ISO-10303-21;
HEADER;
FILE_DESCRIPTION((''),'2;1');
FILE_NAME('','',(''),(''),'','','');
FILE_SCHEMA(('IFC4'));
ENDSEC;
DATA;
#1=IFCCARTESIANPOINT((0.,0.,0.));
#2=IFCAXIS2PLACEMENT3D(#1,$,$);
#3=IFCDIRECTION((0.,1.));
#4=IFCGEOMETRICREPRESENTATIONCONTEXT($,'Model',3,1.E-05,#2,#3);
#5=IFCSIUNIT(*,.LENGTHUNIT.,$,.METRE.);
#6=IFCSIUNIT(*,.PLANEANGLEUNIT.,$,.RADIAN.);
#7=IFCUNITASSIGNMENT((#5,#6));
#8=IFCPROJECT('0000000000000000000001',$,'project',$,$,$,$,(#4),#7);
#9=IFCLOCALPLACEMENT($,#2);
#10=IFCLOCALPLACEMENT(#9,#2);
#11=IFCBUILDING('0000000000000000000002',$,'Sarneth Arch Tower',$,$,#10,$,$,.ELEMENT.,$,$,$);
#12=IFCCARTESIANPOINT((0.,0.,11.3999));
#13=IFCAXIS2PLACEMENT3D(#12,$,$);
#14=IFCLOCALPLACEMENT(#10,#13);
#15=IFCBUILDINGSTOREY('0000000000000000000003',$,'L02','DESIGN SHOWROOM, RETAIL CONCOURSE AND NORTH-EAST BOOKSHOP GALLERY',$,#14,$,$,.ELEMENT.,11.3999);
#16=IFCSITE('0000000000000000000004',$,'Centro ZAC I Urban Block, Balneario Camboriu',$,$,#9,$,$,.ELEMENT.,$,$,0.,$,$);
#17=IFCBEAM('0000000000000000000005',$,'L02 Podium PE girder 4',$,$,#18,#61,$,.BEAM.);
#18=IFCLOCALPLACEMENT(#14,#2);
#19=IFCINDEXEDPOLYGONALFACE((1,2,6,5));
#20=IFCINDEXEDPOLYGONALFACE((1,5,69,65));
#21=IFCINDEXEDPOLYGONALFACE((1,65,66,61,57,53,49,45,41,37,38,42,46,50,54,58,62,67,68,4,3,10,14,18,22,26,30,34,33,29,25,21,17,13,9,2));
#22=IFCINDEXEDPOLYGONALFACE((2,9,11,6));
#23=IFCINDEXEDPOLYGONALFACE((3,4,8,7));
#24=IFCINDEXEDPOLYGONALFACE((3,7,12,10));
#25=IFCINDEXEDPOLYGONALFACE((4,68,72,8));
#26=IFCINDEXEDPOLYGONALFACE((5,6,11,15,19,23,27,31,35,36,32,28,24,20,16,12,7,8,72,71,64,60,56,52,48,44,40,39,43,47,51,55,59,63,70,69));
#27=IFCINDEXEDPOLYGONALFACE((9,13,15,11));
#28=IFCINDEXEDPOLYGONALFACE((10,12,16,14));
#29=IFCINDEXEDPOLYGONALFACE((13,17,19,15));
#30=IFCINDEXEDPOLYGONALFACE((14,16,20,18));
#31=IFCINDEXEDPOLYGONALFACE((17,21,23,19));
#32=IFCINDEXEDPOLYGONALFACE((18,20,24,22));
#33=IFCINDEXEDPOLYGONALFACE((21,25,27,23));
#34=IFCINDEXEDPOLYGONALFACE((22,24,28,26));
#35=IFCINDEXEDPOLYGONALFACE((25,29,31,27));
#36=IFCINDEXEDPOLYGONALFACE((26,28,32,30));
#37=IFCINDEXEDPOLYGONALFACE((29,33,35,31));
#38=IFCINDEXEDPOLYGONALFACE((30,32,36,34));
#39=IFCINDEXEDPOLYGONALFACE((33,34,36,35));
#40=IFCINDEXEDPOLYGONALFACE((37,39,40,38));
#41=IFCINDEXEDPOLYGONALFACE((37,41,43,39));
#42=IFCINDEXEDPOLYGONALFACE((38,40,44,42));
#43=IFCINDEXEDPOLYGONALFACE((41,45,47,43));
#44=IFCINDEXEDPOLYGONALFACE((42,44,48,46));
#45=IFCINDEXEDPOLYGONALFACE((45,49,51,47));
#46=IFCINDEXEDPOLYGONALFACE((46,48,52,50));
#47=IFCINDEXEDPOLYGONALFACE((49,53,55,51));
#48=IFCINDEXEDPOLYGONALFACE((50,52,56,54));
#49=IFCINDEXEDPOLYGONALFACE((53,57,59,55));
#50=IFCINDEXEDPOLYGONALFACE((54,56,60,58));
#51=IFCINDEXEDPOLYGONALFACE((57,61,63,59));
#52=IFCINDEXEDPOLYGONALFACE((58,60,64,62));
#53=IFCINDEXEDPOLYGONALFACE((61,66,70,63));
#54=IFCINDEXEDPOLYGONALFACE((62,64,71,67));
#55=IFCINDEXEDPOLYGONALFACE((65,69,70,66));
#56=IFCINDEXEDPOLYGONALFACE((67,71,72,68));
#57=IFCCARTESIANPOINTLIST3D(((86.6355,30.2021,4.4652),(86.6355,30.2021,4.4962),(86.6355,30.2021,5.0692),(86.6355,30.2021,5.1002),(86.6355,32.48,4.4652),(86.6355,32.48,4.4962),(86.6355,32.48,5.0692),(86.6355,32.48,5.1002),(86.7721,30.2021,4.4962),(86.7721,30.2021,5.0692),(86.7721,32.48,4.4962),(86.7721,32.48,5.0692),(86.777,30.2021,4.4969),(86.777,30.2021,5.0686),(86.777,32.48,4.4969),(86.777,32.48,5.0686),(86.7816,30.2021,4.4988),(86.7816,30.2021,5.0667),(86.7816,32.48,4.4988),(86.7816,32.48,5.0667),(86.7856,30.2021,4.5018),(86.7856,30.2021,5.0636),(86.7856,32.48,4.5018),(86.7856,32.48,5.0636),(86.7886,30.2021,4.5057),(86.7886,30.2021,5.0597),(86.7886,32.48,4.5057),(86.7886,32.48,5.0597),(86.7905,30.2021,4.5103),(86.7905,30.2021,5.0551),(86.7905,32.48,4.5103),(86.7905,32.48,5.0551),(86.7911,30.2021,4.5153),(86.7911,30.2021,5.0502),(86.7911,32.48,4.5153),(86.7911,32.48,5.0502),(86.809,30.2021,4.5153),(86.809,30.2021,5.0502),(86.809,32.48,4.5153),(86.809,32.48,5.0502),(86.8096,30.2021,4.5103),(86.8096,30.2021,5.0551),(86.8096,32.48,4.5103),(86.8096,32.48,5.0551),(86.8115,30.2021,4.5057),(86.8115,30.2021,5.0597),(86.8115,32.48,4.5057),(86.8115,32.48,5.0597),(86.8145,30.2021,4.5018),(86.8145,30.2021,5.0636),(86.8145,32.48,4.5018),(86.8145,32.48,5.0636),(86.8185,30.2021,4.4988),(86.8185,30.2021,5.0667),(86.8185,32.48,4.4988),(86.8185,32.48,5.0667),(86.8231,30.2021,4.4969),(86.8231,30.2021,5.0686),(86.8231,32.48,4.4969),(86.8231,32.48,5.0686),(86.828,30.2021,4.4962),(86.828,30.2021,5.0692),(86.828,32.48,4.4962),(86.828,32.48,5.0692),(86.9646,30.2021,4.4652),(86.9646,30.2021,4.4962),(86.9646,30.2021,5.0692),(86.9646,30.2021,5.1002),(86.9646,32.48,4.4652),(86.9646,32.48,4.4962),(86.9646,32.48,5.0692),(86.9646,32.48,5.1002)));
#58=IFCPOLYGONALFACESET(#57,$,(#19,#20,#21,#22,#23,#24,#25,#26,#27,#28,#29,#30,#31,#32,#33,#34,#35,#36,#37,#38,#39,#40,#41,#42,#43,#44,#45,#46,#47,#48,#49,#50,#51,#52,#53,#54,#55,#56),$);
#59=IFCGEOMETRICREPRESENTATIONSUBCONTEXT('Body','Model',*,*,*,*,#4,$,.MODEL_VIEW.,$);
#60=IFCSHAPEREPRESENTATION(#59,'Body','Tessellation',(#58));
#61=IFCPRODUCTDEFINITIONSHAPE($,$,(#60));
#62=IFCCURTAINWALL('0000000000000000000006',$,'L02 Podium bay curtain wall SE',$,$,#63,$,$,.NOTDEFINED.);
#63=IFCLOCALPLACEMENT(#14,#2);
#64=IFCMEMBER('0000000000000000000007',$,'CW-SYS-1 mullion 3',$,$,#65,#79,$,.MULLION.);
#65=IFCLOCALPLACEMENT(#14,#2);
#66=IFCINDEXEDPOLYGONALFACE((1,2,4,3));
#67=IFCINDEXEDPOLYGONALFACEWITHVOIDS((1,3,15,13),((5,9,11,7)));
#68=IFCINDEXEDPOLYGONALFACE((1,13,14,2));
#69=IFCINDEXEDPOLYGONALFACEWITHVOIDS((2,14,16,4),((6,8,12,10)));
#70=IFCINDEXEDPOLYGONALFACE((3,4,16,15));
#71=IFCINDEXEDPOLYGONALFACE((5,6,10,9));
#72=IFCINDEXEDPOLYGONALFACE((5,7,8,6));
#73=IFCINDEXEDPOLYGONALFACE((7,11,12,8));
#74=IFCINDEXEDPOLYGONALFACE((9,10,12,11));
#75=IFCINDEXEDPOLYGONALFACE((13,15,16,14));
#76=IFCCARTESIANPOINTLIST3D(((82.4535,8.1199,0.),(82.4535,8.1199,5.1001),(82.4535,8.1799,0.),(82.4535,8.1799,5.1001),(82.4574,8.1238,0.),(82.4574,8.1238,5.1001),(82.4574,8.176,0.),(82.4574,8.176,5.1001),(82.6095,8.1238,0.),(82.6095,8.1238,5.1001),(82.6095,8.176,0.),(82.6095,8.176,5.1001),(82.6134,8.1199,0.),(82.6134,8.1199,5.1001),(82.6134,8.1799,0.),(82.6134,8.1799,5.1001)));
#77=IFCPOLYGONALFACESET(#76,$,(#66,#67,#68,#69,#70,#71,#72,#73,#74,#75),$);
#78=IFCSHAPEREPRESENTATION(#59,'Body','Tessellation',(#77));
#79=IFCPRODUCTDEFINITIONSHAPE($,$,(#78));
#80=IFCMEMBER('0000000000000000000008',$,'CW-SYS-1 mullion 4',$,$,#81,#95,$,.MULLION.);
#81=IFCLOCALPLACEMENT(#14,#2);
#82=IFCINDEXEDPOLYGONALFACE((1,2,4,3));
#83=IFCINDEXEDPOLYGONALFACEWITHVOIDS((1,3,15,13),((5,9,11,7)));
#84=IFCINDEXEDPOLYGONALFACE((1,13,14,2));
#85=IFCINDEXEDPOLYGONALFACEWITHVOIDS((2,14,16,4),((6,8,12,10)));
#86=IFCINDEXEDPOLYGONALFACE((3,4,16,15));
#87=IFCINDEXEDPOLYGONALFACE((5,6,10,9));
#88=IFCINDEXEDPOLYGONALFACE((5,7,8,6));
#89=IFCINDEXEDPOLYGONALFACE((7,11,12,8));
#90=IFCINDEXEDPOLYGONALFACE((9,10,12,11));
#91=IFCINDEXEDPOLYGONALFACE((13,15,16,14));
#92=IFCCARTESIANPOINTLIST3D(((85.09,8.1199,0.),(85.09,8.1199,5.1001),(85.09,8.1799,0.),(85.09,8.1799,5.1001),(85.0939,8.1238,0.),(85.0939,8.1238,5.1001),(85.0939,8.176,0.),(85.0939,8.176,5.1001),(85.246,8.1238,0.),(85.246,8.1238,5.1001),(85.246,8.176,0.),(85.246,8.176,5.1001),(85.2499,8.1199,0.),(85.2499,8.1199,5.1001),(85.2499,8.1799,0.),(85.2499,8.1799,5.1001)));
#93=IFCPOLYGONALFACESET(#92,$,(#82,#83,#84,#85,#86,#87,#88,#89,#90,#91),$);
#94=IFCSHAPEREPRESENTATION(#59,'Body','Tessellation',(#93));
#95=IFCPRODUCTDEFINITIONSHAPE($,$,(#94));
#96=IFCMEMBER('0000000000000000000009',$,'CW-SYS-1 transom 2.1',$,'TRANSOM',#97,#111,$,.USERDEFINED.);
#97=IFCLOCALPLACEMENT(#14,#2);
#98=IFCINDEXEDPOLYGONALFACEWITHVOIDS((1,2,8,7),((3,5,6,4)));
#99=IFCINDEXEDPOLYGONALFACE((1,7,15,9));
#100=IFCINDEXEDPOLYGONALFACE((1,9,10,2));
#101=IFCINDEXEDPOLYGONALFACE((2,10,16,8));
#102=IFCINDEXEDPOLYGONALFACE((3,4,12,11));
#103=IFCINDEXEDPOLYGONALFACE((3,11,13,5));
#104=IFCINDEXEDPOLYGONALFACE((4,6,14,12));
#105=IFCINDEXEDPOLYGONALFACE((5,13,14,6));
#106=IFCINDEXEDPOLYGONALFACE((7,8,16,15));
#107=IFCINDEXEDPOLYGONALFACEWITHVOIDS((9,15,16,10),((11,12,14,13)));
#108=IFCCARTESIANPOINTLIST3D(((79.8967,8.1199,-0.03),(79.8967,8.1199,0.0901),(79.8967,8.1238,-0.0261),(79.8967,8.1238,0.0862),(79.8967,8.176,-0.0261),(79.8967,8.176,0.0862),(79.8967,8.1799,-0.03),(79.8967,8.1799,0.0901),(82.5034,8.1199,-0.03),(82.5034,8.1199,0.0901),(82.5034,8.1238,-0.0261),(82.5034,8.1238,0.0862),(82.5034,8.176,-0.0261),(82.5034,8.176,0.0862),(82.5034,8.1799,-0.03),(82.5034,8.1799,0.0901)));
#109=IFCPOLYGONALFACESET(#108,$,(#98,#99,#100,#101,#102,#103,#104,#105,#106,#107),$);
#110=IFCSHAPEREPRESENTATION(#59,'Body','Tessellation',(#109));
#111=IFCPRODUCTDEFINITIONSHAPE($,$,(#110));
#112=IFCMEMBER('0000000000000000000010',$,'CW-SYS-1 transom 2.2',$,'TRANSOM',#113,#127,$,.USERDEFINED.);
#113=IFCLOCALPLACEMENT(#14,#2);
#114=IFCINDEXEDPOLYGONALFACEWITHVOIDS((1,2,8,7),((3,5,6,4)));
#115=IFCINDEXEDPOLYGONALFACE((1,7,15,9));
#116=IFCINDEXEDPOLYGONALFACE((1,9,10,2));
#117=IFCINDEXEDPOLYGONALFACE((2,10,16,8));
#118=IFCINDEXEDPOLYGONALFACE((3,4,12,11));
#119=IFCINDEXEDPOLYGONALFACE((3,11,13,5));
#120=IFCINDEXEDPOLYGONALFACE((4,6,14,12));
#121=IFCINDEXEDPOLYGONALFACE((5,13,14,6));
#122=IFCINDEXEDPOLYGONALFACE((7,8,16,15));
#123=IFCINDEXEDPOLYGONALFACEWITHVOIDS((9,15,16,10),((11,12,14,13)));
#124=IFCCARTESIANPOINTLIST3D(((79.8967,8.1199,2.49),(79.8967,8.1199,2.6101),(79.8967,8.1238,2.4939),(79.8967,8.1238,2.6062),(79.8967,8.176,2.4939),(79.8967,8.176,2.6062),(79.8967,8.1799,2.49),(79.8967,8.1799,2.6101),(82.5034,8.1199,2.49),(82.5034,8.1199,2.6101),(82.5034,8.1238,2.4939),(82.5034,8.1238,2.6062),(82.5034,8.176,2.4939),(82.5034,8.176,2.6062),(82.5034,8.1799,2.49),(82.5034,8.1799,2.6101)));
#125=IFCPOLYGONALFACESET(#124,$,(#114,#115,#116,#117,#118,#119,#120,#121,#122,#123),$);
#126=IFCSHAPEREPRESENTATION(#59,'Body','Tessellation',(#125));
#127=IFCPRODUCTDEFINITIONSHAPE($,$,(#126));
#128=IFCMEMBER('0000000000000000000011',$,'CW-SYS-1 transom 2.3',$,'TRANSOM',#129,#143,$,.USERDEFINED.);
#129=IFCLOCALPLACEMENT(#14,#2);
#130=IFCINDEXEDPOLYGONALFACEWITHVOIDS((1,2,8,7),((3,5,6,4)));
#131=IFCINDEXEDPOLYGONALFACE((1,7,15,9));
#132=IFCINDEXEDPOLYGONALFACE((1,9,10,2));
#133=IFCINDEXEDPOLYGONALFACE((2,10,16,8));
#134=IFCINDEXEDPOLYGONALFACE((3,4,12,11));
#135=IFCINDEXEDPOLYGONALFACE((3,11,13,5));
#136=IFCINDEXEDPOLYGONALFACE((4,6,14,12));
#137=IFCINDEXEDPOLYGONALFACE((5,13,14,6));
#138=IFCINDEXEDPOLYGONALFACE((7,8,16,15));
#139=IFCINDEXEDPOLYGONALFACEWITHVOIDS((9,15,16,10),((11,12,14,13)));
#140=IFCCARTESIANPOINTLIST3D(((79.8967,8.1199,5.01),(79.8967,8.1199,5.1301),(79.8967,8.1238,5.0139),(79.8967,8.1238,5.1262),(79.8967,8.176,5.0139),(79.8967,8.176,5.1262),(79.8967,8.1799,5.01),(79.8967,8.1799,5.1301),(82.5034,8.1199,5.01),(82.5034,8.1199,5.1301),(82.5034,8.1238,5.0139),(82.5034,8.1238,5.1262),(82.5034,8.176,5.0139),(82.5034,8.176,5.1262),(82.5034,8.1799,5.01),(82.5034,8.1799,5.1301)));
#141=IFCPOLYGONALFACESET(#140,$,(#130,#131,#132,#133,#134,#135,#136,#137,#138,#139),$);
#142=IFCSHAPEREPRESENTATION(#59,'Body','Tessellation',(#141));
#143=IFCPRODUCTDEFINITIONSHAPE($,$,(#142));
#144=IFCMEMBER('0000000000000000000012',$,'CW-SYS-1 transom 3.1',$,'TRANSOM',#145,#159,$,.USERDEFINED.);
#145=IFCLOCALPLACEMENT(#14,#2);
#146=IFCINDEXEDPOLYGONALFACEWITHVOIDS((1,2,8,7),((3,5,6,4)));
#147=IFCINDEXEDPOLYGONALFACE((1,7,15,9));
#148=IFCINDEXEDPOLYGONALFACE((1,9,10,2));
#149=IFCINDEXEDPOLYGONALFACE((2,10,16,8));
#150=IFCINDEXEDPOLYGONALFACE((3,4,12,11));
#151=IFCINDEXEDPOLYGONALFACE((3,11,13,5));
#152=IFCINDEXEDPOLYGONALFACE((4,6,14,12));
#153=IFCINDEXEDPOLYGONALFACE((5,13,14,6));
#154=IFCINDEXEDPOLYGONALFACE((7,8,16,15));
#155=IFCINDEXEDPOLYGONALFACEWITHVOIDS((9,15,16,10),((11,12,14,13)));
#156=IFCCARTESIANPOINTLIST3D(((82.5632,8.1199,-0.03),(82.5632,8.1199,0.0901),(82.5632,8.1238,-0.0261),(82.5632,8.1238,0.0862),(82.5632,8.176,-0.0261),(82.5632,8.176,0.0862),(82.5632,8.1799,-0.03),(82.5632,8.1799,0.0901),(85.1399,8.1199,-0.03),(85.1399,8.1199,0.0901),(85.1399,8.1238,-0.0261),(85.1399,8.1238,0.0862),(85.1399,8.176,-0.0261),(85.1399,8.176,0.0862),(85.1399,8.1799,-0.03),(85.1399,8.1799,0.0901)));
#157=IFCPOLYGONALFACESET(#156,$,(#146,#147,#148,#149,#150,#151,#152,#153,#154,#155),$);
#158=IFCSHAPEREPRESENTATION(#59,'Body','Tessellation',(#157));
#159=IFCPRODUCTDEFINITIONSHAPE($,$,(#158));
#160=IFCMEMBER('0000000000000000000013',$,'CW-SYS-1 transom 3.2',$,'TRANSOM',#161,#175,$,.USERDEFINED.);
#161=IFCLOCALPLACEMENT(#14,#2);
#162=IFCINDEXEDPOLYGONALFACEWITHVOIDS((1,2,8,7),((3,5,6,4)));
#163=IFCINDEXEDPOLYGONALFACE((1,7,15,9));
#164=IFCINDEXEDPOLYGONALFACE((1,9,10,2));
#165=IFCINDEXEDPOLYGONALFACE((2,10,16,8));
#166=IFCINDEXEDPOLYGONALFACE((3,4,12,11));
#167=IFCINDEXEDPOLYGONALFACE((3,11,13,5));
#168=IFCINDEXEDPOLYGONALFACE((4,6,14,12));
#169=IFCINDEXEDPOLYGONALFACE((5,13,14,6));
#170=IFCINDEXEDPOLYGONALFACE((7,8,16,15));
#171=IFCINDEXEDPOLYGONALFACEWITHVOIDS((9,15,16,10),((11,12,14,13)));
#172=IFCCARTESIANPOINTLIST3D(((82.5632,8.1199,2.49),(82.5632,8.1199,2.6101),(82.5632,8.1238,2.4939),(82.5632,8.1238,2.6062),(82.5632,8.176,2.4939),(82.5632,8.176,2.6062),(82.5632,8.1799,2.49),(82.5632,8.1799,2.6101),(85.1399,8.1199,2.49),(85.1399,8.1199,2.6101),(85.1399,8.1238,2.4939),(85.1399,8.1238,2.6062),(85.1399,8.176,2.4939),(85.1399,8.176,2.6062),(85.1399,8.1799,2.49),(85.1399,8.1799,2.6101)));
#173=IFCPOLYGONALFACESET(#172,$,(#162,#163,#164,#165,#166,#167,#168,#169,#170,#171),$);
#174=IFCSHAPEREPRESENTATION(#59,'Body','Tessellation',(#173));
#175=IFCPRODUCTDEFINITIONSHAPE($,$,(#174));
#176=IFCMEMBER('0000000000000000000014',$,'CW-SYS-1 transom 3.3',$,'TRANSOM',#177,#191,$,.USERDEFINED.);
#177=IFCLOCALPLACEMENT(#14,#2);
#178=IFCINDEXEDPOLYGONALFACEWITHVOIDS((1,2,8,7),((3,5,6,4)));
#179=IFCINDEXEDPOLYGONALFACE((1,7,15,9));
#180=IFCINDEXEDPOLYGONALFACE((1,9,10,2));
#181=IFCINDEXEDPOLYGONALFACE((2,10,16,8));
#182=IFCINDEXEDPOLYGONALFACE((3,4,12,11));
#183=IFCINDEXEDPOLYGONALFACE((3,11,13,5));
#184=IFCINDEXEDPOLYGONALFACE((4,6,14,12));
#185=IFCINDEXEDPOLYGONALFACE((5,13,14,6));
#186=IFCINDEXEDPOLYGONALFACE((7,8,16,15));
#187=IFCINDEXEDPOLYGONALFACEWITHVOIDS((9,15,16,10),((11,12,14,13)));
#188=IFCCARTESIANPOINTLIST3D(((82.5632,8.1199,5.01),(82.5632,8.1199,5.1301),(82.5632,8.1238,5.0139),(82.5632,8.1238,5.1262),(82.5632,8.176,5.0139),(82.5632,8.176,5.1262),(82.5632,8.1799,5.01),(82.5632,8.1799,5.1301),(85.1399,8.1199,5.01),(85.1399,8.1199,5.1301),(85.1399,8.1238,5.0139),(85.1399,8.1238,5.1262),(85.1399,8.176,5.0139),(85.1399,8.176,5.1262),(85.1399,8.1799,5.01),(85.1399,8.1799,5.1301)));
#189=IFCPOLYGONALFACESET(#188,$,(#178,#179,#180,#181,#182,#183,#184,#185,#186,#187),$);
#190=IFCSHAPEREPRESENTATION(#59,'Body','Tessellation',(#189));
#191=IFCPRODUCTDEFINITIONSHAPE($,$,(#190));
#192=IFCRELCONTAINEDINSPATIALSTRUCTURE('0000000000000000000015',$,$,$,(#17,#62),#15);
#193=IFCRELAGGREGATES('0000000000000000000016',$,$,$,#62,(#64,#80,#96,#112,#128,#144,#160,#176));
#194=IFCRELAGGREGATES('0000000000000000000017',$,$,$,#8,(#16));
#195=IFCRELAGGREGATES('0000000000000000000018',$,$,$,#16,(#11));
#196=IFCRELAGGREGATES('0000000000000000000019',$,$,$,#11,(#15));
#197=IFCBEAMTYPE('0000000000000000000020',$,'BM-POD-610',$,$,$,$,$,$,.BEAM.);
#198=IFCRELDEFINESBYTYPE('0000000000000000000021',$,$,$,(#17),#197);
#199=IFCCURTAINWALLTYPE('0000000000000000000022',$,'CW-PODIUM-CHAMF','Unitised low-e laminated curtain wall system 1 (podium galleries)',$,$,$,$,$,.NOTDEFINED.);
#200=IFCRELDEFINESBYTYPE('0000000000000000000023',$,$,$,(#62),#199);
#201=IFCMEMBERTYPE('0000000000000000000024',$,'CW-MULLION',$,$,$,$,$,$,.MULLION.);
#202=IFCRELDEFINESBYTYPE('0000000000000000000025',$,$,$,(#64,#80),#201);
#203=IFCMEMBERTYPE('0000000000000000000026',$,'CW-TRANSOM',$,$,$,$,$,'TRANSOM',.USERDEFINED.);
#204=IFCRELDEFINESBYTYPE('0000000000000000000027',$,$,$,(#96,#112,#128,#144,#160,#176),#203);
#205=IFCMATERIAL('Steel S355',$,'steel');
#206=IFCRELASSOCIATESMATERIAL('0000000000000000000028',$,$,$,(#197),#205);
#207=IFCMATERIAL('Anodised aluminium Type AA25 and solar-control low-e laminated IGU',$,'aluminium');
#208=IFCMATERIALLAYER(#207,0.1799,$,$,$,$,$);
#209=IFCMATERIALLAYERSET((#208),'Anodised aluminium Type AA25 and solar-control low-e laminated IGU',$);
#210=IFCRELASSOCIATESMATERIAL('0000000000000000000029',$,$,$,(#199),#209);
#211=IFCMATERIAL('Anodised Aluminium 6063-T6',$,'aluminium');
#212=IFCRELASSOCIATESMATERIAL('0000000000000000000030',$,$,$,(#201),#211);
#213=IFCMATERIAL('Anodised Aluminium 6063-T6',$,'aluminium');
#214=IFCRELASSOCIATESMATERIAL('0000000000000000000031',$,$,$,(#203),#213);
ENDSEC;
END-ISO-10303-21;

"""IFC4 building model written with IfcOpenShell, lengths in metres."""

from ifc_helpers import new_model, si_unit, direction, frame, origin, origin_2d, place, context, subcontext, project, spatial, hollow_rectangle, i_section, extrude, material, layer, layer_set, material_profile, profile_set, type_object, element, aggregate, save


model = new_model("IFC4")

# Units and contexts
model_context = context("Model", 3, precision=1e-05, world=origin(), true_north=direction((0.0, 1.0)))
body_context = subcontext(model_context, "Body", "Model", "MODEL_VIEW")
ifc_project = project(units=[si_unit("LENGTHUNIT", "METRE"), si_unit("PLANEANGLEUNIT", "RADIAN")], contexts=[model_context])

# Site, building, storey
site_placement = place(None, origin())
site = spatial("IfcSite", under=ifc_project, at=site_placement, Name="Centro ZAC I Urban Block, Balneario Camboriu", CompositionType="ELEMENT", RefElevation=0.0)
building_placement = place(site_placement, origin())
building = spatial("IfcBuilding", under=site, at=building_placement, Name="Sarneth Arch Tower", CompositionType="ELEMENT")
storey_placement = place(building_placement, frame((0.0, 0.0, 11.3999)))
storey = spatial("IfcBuildingStorey", under=building, at=storey_placement, Name="L02", Description="DESIGN SHOWROOM, RETAIL CONCOURSE AND NORTH-EAST BOOKSHOP GALLERY", CompositionType="ELEMENT", Elevation=11.3999)

# Beam
ifc_material_1 = material(Name="Steel S355", Category="steel")
ifc_material_profile_1 = material_profile(ifc_material_1, i_section(OverallWidth=0.3291, OverallDepth=0.635, WebThickness=0.0178, FlangeThickness=0.031, FilletRadius=0.019, at=origin_2d()), Name="W610x241")
ifc_profile_set_1 = profile_set([ifc_material_profile_1], Name="Steel S355")
beam_type = type_object("IfcBeamType", Name="BM-POD-610", PredefinedType="BEAM", material=ifc_profile_set_1)
beam_1_placement = place(storey_placement, frame((86.8, 30.2021, 4.7827), z_axis=(0.0, 1.0, 0.0), x_axis=(-1.0, 0.0, 0.0)))
element("IfcBeam", 1, at=beam_1_placement, inside=storey, type_object=beam_type, Name="L02 Podium PE girder 4", PredefinedType="BEAM", context=body_context, shape_type="SweptSolid", body=[
    extrude(i_section(OverallWidth=0.3291, OverallDepth=0.635, WebThickness=0.0178, FlangeThickness=0.031, FilletRadius=0.019, at=origin_2d()), origin(), (0.0, 0.0, 1.0), 2.2778),
])

# Curtain wall, members
ifc_material_2 = material(Name="Anodised aluminium Type AA25 and solar-control low-e laminated IGU", Category="aluminium")
ifc_layer_1 = layer(ifc_material_2, 0.1799)
ifc_layer_set_1 = layer_set([ifc_layer_1], Name="Anodised aluminium Type AA25 and solar-control low-e laminated IGU")
curtain_wall_type = type_object("IfcCurtainWallType", Name="CW-PODIUM-CHAMF", Description="Unitised low-e laminated curtain wall system 1 (podium galleries)", PredefinedType="NOTDEFINED", material=ifc_layer_set_1)
curtain_wall_placement = place(storey_placement, origin())
curtain_wall = element("IfcCurtainWall", 2, at=curtain_wall_placement, inside=storey, type_object=curtain_wall_type, Name="L02 Podium bay curtain wall SE", PredefinedType="NOTDEFINED")
ifc_material_3 = material(Name="Anodised Aluminium 6063-T6", Category="aluminium")
ifc_material_profile_2 = material_profile(ifc_material_3, hollow_rectangle(XDim=0.0601, YDim=0.1599, WallThickness=0.0039, at=origin_2d()), Name="AL-MULL-160x60x4")
ifc_profile_set_2 = profile_set([ifc_material_profile_2], Name="Anodised Aluminium 6063-T6")
member_type_1 = type_object("IfcMemberType", Name="CW-MULLION", PredefinedType="MULLION", material=ifc_profile_set_2)
member_1_placement = place(storey_placement, frame((82.5334, 8.1499, 0.0), z_axis=(0.0, 0.0, 1.0), x_axis=(0.0, 1.0, 0.0)))
member_1 = element("IfcMember", 3, at=member_1_placement, type_object=member_type_1, Name="CW-SYS-1 mullion 3", PredefinedType="MULLION", context=body_context, shape_type="SweptSolid", body=[
    extrude(hollow_rectangle(XDim=0.0601, YDim=0.1599, WallThickness=0.0039, at=origin_2d()), origin(), (0.0, 0.0, 1.0), 5.1001),
])
member_2_placement = place(storey_placement, frame((85.1699, 8.1499, 0.0), z_axis=(0.0, 0.0, 1.0), x_axis=(0.0, 1.0, 0.0)))
member_2 = element("IfcMember", 4, at=member_2_placement, type_object=member_type_1, Name="CW-SYS-1 mullion 4", PredefinedType="MULLION", context=body_context, shape_type="SweptSolid", body=[
    extrude(hollow_rectangle(XDim=0.0601, YDim=0.1599, WallThickness=0.0039, at=origin_2d()), origin(), (0.0, 0.0, 1.0), 5.1001),
])
ifc_material_4 = material(Name="Anodised Aluminium 6063-T6", Category="aluminium")
ifc_material_profile_3 = material_profile(ifc_material_4, hollow_rectangle(XDim=0.0601, YDim=0.1201, WallThickness=0.0039, at=origin_2d()), Name="AL-TRAN-120x60x4")
ifc_profile_set_3 = profile_set([ifc_material_profile_3], Name="Anodised Aluminium 6063-T6")
member_type_2 = type_object("IfcMemberType", Name="CW-TRANSOM", ElementType="TRANSOM", PredefinedType="USERDEFINED", material=ifc_profile_set_3)
member_3_placement = place(storey_placement, frame((79.8967, 8.1499, 0.03), z_axis=(1.0, 0.0, 0.0), x_axis=(0.0, 1.0, 0.0)))
member_3 = element("IfcMember", 5, at=member_3_placement, type_object=member_type_2, Name="CW-SYS-1 transom 2.1", ObjectType="TRANSOM", PredefinedType="USERDEFINED", context=body_context, shape_type="SweptSolid", body=[
    extrude(hollow_rectangle(XDim=0.0601, YDim=0.1201, WallThickness=0.0039, at=origin_2d()), origin(), (0.0, 0.0, 1.0), 2.6067),
])
member_4_placement = place(storey_placement, frame((79.8967, 8.1499, 2.55), z_axis=(1.0, 0.0, 0.0), x_axis=(0.0, 1.0, 0.0)))
member_4 = element("IfcMember", 6, at=member_4_placement, type_object=member_type_2, Name="CW-SYS-1 transom 2.2", ObjectType="TRANSOM", PredefinedType="USERDEFINED", context=body_context, shape_type="SweptSolid", body=[
    extrude(hollow_rectangle(XDim=0.0601, YDim=0.1201, WallThickness=0.0039, at=origin_2d()), origin(), (0.0, 0.0, 1.0), 2.6067),
])
member_5_placement = place(storey_placement, frame((79.8967, 8.1499, 5.0701), z_axis=(1.0, 0.0, 0.0), x_axis=(0.0, 1.0, 0.0)))
member_5 = element("IfcMember", 7, at=member_5_placement, type_object=member_type_2, Name="CW-SYS-1 transom 2.3", ObjectType="TRANSOM", PredefinedType="USERDEFINED", context=body_context, shape_type="SweptSolid", body=[
    extrude(hollow_rectangle(XDim=0.0601, YDim=0.1201, WallThickness=0.0039, at=origin_2d()), origin(), (0.0, 0.0, 1.0), 2.6067),
])
member_6_placement = place(storey_placement, frame((82.5632, 8.1499, 0.03), z_axis=(1.0, 0.0, 0.0), x_axis=(0.0, 1.0, 0.0)))
member_6 = element("IfcMember", 8, at=member_6_placement, type_object=member_type_2, Name="CW-SYS-1 transom 3.1", ObjectType="TRANSOM", PredefinedType="USERDEFINED", context=body_context, shape_type="SweptSolid", body=[
    extrude(hollow_rectangle(XDim=0.0601, YDim=0.1201, WallThickness=0.0039, at=origin_2d()), origin(), (0.0, 0.0, 1.0), 2.5767),
])
member_7_placement = place(storey_placement, frame((82.5632, 8.1499, 2.55), z_axis=(1.0, 0.0, 0.0), x_axis=(0.0, 1.0, 0.0)))
member_7 = element("IfcMember", 9, at=member_7_placement, type_object=member_type_2, Name="CW-SYS-1 transom 3.2", ObjectType="TRANSOM", PredefinedType="USERDEFINED", context=body_context, shape_type="SweptSolid", body=[
    extrude(hollow_rectangle(XDim=0.0601, YDim=0.1201, WallThickness=0.0039, at=origin_2d()), origin(), (0.0, 0.0, 1.0), 2.5767),
])
member_8_placement = place(storey_placement, frame((82.5632, 8.1499, 5.0701), z_axis=(1.0, 0.0, 0.0), x_axis=(0.0, 1.0, 0.0)))
member_8 = element("IfcMember", 10, at=member_8_placement, type_object=member_type_2, Name="CW-SYS-1 transom 3.3", ObjectType="TRANSOM", PredefinedType="USERDEFINED", context=body_context, shape_type="SweptSolid", body=[
    extrude(hollow_rectangle(XDim=0.0601, YDim=0.1201, WallThickness=0.0039, at=origin_2d()), origin(), (0.0, 0.0, 1.0), 2.5767),
])
aggregate(curtain_wall, [member_1, member_2, member_3, member_4, member_5, member_6, member_7, member_8])

save(model, "model.ifc")
